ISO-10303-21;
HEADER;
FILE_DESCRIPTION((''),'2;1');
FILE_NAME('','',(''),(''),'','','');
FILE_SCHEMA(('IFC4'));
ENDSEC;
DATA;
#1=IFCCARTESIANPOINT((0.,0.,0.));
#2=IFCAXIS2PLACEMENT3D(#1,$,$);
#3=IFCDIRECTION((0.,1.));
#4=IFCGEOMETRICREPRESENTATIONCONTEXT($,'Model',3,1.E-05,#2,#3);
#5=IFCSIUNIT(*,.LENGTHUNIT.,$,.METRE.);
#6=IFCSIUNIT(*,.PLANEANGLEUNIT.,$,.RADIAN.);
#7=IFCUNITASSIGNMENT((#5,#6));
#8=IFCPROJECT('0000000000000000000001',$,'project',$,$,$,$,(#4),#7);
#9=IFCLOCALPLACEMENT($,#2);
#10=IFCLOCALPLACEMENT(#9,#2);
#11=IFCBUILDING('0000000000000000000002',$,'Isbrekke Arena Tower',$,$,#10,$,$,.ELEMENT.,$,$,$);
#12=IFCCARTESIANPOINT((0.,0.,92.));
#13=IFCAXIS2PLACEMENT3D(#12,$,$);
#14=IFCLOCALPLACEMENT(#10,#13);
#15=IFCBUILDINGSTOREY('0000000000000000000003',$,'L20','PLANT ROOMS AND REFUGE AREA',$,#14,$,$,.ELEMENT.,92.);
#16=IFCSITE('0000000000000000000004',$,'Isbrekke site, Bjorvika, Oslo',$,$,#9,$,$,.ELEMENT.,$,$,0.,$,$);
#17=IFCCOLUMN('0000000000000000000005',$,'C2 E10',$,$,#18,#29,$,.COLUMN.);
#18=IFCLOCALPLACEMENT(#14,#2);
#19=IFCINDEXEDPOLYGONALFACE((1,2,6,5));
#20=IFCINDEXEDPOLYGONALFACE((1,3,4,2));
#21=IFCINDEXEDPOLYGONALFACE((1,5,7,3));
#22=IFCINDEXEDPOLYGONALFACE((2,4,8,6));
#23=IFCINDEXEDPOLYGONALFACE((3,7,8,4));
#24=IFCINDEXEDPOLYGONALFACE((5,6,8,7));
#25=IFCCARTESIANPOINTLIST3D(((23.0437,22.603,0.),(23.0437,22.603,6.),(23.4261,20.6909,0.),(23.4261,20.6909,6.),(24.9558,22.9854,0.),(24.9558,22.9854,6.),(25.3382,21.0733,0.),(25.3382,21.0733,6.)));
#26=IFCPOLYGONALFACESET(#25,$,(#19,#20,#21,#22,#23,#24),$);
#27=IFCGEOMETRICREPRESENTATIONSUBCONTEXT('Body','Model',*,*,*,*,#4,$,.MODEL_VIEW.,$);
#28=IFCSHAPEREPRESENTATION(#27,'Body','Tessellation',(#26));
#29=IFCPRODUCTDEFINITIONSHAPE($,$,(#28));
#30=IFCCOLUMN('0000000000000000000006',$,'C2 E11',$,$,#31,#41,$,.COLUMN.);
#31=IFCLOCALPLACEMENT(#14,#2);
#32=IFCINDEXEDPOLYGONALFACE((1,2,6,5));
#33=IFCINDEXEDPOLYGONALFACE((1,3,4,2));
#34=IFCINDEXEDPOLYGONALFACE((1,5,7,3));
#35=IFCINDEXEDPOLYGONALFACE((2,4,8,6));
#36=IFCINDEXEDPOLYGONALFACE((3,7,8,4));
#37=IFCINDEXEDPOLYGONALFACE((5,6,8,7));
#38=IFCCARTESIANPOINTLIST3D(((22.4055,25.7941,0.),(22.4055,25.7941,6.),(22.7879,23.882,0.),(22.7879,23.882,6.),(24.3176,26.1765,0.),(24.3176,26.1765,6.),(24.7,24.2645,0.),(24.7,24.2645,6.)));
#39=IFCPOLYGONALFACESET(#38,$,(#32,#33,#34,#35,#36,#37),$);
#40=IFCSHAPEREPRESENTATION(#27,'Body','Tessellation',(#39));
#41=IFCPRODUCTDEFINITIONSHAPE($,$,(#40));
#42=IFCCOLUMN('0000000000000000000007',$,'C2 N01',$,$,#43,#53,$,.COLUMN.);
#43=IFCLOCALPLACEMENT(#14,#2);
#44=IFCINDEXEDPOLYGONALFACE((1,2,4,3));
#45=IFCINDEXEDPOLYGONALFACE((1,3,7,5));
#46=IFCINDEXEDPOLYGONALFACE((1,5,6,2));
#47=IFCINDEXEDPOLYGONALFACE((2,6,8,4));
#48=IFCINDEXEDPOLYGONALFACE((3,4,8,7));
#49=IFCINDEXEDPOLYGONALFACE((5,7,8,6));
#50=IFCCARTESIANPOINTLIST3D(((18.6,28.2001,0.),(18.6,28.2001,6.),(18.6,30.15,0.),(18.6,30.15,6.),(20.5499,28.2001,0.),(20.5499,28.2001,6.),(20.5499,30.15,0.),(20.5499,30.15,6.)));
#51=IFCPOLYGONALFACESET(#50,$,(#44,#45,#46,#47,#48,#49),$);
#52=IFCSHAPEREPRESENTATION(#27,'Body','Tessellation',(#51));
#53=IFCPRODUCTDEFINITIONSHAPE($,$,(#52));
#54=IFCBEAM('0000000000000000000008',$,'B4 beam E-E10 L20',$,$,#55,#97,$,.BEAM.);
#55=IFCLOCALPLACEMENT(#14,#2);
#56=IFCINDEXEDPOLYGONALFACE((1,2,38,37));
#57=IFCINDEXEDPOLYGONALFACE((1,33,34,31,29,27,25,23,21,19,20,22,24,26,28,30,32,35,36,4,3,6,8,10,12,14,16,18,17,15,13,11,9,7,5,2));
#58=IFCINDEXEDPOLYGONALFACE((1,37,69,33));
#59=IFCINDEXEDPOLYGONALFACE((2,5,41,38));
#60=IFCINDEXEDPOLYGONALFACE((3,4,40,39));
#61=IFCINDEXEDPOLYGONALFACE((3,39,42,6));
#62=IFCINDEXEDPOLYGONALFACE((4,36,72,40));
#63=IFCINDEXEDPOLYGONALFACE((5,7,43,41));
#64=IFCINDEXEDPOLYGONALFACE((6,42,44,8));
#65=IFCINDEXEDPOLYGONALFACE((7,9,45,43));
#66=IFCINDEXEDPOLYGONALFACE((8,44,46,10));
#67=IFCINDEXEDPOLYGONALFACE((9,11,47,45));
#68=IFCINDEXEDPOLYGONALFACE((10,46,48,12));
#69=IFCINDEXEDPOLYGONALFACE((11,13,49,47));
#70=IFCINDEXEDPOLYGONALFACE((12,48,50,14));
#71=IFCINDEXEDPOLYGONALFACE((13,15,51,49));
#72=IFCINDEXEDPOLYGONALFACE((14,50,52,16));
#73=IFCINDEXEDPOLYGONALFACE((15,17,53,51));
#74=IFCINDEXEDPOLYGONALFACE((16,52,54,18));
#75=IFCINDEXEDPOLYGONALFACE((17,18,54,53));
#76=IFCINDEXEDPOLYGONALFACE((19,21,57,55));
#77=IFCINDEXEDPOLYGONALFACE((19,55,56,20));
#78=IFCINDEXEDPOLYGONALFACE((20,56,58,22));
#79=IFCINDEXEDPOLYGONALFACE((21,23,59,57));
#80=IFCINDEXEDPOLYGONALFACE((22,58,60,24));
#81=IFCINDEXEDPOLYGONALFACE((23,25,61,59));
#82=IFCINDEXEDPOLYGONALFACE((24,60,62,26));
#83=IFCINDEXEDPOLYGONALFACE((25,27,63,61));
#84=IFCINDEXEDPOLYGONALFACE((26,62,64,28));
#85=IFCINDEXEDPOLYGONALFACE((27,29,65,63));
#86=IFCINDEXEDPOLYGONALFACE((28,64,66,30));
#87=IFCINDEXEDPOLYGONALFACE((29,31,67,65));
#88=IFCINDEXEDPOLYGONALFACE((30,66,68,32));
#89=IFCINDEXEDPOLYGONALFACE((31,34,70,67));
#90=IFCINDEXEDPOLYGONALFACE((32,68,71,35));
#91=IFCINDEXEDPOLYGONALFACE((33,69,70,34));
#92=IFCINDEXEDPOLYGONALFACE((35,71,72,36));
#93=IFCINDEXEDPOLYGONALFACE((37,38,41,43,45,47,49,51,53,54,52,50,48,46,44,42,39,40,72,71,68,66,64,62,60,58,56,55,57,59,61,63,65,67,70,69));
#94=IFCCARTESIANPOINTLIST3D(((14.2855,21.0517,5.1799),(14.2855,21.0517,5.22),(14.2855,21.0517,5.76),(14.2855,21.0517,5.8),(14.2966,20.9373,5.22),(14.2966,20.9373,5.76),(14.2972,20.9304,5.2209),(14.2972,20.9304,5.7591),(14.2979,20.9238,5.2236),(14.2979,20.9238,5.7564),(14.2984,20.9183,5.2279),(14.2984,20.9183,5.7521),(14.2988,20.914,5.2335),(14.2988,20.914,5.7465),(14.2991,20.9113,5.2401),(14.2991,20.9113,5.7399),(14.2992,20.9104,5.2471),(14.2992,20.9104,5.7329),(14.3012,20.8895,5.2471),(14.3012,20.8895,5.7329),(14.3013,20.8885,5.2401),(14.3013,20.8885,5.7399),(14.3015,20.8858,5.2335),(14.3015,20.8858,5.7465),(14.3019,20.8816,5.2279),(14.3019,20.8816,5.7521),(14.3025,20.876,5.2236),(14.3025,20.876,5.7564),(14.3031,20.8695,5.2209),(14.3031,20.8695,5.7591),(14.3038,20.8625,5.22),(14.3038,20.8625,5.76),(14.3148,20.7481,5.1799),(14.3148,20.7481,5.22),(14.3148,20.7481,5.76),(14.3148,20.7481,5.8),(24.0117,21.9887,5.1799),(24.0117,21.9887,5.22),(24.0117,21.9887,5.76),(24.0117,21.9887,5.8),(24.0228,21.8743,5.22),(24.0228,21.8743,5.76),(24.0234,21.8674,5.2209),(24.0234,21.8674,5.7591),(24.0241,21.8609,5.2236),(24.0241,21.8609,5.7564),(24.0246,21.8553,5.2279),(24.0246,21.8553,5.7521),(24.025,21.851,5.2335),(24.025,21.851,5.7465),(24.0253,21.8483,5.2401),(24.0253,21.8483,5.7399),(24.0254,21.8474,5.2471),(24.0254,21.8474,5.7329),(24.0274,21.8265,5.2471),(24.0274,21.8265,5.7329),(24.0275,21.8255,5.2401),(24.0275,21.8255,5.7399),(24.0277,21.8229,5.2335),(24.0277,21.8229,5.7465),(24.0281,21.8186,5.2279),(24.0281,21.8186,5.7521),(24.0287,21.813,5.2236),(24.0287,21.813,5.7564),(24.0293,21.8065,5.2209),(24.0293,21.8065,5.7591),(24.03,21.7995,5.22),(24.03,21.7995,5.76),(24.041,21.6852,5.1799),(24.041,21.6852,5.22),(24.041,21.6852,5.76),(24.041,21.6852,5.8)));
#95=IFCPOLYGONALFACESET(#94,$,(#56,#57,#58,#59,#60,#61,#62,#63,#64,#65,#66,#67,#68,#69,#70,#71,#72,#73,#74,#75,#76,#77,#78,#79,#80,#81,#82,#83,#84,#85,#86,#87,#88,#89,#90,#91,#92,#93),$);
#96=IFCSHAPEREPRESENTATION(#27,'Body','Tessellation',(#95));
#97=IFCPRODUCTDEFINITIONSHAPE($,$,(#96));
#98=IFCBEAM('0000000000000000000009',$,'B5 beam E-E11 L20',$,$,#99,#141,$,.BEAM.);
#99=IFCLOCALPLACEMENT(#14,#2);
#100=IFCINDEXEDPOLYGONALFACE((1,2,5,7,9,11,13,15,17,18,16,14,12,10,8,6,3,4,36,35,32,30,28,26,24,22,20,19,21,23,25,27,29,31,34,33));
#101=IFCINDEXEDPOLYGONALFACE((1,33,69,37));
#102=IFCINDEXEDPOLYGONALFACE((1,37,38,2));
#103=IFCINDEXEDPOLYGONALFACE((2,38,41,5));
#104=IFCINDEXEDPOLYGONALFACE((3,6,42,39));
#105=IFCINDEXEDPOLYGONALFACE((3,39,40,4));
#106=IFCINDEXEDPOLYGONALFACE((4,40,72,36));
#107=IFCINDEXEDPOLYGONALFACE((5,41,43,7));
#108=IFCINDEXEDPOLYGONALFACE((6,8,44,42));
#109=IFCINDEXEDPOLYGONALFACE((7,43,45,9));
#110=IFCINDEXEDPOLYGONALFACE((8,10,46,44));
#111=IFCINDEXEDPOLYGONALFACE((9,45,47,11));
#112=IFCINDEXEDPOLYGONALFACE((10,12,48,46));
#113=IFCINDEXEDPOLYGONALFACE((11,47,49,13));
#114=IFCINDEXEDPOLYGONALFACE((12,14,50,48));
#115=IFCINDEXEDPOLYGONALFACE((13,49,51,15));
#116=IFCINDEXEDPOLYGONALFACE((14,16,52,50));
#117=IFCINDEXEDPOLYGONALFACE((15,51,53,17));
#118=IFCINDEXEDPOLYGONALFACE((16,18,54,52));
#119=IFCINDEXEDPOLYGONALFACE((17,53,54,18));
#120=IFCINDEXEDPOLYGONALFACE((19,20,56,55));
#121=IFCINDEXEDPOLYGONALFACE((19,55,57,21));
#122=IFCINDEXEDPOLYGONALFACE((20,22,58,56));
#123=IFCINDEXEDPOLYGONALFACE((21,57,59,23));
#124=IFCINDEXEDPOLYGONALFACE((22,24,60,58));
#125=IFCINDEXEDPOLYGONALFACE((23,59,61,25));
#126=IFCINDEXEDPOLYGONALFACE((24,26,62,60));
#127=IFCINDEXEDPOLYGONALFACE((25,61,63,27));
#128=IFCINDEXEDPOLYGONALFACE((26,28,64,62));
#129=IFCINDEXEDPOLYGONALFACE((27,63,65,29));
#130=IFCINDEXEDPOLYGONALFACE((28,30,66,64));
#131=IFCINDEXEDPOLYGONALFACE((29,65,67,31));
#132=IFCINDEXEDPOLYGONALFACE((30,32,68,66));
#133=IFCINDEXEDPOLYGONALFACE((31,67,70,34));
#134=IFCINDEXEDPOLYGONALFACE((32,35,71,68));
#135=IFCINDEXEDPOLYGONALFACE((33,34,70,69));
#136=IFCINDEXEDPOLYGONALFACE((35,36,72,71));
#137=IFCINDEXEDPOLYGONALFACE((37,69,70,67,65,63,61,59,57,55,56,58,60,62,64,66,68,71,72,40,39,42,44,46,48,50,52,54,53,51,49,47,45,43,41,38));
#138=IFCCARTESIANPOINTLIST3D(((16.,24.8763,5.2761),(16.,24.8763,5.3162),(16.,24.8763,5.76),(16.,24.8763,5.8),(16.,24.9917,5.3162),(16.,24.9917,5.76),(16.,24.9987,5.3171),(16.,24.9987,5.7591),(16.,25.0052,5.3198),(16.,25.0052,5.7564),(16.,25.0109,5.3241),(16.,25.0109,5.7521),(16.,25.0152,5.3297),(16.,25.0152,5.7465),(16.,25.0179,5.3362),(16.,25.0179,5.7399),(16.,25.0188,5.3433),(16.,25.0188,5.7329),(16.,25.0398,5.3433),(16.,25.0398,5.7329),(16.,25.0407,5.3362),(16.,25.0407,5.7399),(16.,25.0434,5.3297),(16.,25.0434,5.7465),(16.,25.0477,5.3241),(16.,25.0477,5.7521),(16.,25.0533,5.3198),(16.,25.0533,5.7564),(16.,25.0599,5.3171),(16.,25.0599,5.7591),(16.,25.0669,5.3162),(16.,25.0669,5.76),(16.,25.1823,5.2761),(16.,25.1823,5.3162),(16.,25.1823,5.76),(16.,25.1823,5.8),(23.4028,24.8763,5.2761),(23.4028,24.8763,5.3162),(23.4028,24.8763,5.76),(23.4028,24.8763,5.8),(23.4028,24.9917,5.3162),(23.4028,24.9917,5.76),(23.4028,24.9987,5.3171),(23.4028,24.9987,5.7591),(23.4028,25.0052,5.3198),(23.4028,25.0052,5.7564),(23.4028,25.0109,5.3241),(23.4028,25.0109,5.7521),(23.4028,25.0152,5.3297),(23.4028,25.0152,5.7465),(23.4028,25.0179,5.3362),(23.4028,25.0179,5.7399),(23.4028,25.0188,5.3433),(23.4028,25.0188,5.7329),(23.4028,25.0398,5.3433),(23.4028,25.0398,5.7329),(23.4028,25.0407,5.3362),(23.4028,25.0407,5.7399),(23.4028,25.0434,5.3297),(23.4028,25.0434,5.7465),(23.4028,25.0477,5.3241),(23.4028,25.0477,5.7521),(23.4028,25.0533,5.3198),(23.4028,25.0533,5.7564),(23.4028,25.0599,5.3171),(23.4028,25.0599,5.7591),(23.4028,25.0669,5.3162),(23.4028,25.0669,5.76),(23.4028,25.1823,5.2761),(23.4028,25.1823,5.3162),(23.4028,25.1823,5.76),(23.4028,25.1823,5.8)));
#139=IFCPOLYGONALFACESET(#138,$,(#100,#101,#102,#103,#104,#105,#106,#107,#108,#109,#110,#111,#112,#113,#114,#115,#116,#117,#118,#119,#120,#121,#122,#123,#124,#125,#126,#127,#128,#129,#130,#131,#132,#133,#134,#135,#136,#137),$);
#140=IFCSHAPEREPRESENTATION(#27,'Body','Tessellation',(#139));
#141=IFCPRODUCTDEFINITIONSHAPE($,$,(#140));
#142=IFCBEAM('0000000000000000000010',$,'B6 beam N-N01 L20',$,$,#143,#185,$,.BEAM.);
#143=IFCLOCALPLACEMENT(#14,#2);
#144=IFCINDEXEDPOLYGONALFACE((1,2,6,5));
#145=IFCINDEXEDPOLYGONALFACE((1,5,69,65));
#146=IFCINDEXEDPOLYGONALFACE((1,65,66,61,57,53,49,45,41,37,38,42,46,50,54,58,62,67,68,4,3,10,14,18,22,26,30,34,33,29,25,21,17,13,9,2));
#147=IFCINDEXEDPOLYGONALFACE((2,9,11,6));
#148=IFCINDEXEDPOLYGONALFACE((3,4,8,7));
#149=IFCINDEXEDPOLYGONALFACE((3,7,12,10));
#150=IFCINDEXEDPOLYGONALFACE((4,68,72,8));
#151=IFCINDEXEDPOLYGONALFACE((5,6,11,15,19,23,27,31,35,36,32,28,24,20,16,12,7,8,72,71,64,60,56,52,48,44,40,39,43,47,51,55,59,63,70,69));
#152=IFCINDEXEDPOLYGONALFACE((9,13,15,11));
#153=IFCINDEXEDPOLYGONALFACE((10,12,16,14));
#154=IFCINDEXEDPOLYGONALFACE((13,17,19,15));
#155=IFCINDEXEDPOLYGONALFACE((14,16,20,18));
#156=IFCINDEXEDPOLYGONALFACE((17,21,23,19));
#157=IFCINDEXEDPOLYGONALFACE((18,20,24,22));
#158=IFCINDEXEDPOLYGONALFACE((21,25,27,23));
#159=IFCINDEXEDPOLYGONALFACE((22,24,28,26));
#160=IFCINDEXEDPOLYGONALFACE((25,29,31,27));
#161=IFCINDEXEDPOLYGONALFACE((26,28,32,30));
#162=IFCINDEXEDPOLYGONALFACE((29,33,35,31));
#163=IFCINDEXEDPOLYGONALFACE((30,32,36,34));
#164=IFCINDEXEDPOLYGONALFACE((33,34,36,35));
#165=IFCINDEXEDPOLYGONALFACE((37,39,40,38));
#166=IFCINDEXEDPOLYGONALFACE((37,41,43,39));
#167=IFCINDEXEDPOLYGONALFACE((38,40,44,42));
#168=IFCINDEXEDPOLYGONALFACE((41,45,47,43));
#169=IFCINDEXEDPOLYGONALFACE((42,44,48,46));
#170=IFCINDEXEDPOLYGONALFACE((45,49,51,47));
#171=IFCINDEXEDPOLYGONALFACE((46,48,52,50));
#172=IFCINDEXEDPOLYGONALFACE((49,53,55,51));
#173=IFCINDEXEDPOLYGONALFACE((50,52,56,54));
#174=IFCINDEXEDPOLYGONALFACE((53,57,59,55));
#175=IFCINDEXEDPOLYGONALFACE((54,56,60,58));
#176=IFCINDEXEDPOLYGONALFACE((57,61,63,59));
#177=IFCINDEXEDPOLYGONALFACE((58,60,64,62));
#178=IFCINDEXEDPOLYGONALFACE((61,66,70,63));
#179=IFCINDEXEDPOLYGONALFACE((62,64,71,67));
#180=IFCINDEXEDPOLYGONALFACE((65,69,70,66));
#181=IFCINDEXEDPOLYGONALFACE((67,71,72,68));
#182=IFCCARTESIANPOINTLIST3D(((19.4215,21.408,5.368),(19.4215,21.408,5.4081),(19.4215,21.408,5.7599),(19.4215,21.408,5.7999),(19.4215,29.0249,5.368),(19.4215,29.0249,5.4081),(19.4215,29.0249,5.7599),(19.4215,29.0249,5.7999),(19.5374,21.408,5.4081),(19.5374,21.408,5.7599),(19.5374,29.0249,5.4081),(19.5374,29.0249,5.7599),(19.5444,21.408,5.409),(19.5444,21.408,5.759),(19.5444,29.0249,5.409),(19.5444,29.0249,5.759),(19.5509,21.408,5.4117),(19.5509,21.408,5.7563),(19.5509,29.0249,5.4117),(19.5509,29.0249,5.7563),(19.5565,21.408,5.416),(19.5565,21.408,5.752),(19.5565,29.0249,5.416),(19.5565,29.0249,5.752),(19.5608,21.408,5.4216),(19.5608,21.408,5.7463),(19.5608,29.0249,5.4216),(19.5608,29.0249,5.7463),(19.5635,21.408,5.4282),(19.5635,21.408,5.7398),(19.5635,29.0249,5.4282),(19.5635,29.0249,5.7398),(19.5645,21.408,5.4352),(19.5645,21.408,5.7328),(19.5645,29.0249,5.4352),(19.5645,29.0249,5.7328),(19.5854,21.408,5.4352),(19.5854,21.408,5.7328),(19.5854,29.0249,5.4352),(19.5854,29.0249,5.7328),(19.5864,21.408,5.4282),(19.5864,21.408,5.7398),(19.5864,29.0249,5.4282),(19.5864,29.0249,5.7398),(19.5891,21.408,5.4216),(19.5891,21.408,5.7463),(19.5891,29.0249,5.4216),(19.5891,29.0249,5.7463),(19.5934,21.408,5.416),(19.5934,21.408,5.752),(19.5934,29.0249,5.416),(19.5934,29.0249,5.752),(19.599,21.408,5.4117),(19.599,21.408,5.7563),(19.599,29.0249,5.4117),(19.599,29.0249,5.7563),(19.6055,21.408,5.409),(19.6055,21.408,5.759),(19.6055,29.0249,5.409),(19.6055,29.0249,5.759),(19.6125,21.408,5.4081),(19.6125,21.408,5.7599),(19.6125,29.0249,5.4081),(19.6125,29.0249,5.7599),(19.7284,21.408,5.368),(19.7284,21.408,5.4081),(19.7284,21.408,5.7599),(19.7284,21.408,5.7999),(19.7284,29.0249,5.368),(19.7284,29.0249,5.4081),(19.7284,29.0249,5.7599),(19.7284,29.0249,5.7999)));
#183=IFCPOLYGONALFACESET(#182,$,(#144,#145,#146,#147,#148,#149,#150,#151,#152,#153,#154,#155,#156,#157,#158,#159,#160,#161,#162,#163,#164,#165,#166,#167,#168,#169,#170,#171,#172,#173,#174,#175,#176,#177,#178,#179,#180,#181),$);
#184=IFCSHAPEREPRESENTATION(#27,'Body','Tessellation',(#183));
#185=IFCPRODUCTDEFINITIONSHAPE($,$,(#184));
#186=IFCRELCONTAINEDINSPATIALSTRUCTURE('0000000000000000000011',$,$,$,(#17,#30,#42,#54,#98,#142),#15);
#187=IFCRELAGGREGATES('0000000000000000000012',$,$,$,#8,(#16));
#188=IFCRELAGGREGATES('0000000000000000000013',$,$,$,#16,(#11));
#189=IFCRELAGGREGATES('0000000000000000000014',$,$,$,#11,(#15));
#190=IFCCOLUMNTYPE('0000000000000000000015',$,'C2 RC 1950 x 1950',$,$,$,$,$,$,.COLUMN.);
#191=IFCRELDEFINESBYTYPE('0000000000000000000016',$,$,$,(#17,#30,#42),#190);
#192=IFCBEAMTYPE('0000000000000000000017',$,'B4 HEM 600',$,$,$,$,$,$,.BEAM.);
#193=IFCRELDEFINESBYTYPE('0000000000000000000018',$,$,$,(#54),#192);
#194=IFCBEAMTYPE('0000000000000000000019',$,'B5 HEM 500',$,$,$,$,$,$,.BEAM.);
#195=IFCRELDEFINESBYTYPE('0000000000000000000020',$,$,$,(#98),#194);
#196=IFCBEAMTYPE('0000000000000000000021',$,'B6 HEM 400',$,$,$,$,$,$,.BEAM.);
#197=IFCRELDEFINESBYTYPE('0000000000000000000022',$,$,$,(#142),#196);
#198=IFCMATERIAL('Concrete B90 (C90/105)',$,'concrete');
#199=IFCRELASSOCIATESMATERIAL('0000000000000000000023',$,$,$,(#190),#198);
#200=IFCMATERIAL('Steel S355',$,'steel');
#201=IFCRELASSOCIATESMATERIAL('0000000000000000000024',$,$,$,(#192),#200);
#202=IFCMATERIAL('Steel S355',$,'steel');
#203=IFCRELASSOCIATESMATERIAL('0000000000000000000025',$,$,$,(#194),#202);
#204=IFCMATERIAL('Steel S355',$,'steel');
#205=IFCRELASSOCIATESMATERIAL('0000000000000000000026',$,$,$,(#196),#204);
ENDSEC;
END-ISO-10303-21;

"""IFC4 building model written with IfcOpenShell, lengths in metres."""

from ifc_helpers import new_model, si_unit, direction, frame, origin, origin_2d, place, context, subcontext, project, spatial, rectangle, i_section, extrude, material, material_profile, profile_set, type_object, element, save


model = new_model("IFC4")

# Units and contexts
model_context = context("Model", 3, precision=1e-05, world=origin(), true_north=direction((0.0, 1.0)))
body_context = subcontext(model_context, "Body", "Model", "MODEL_VIEW")
ifc_project = project(units=[si_unit("LENGTHUNIT", "METRE"), si_unit("PLANEANGLEUNIT", "RADIAN")], contexts=[model_context])

# Site, building, storey
site_placement = place(None, origin())
site = spatial("IfcSite", under=ifc_project, at=site_placement, Name="Isbrekke site, Bjorvika, Oslo", CompositionType="ELEMENT", RefElevation=0.0)
building_placement = place(site_placement, origin())
building = spatial("IfcBuilding", under=site, at=building_placement, Name="Isbrekke Arena Tower", CompositionType="ELEMENT")
storey_placement = place(building_placement, frame((0.0, 0.0, 92.0)))
storey = spatial("IfcBuildingStorey", under=building, at=storey_placement, Name="L20", Description="PLANT ROOMS AND REFUGE AREA", CompositionType="ELEMENT", Elevation=92.0)

# Columns
ifc_material_1 = material(Name="Concrete B90 (C90/105)", Category="concrete")
ifc_material_profile_1 = material_profile(ifc_material_1, rectangle(XDim=1.95, YDim=1.95, at=origin_2d()), Name="RC 1950x1950")
ifc_profile_set_1 = profile_set([ifc_material_profile_1], Name="Concrete B90 (C90/105)")
column_type = type_object("IfcColumnType", Name="C2 RC 1950 x 1950", PredefinedType="COLUMN", material=ifc_profile_set_1)
for number, where, z_axis, x_axis, name in (
    (1, (24.1909, 21.8381, 0.0), (0.0, 0.0, 1.0), (-0.196116, 0.980581, 0.0), "C2 E10"),
    (2, (23.5527, 25.0293, 0.0), (0.0, 0.0, 1.0), (-0.196116, 0.980581, 0.0), "C2 E11"),
    (3, (19.575, 29.175, 0.0), (0.0, 0.0, 1.0), (-1.0, 0.0, 0.0), "C2 N01"),
):
    element("IfcColumn", number, at=place(storey_placement, frame(where, z_axis=z_axis, x_axis=x_axis)), inside=storey, type_object=column_type, Name=name, PredefinedType="COLUMN", context=body_context, shape_type="SweptSolid", body=[
        extrude(rectangle(XDim=1.95, YDim=1.95, at=origin_2d()), origin(), (0.0, 0.0, 1.0), 6.0),
    ])

# Beams
ifc_material_2 = material(Name="Steel S355", Category="steel")
ifc_material_profile_2 = material_profile(ifc_material_2, i_section(OverallWidth=0.3049, OverallDepth=0.6201, WebThickness=0.021, FlangeThickness=0.04, FilletRadius=0.0271, at=origin_2d()), Name="HEM 600")
ifc_profile_set_2 = profile_set([ifc_material_profile_2], Name="Steel S355")
beam_type_1 = type_object("IfcBeamType", Name="B4 HEM 600", PredefinedType="BEAM", material=ifc_profile_set_2)
beam_1_placement = place(storey_placement, frame((24.0264, 21.8369, 5.49), z_axis=(-0.995392, -0.095894, 0.0), x_axis=(0.095894, -0.995392, 0.0)))
element("IfcBeam", 4, at=beam_1_placement, inside=storey, type_object=beam_type_1, Name="B4 beam E-E10 L20", PredefinedType="BEAM", context=body_context, shape_type="SweptSolid", body=[
    extrude(i_section(OverallWidth=0.3049, OverallDepth=0.6201, WebThickness=0.021, FlangeThickness=0.04, FilletRadius=0.0271, at=origin_2d()), origin(), (0.0, 0.0, 1.0), 9.7712),
])
ifc_material_3 = material(Name="Steel S355", Category="steel")
ifc_material_profile_3 = material_profile(ifc_material_3, i_section(OverallWidth=0.3059, OverallDepth=0.5239, WebThickness=0.021, FlangeThickness=0.04, FilletRadius=0.0271, at=origin_2d()), Name="HEM 500")
ifc_profile_set_3 = profile_set([ifc_material_profile_3], Name="Steel S355")
beam_type_2 = type_object("IfcBeamType", Name="B5 HEM 500", PredefinedType="BEAM", material=ifc_profile_set_3)
beam_2_placement = place(storey_placement, frame((23.4028, 25.0293, 5.5381), z_axis=(-1.0, 0.0, 0.0), x_axis=(0.0, -1.0, 0.0)))
element("IfcBeam", 5, at=beam_2_placement, inside=storey, type_object=beam_type_2, Name="B5 beam E-E11 L20", PredefinedType="BEAM", context=body_context, shape_type="SweptSolid", body=[
    extrude(i_section(OverallWidth=0.3059, OverallDepth=0.5239, WebThickness=0.021, FlangeThickness=0.04, FilletRadius=0.0271, at=origin_2d()), origin(), (0.0, 0.0, 1.0), 7.4028),
])
ifc_material_4 = material(Name="Steel S355", Category="steel")
ifc_material_profile_4 = material_profile(ifc_material_4, i_section(OverallWidth=0.3069, OverallDepth=0.4319, WebThickness=0.021, FlangeThickness=0.04, FilletRadius=0.0271, at=origin_2d()), Name="HEM 400")
ifc_profile_set_4 = profile_set([ifc_material_profile_4], Name="Steel S355")
beam_type_3 = type_object("IfcBeamType", Name="B6 HEM 400", PredefinedType="BEAM", material=ifc_profile_set_4)
beam_3_placement = place(storey_placement, frame((19.575, 29.0249, 5.584), z_axis=(0.0, -1.0, 0.0), x_axis=(1.0, 0.0, 0.0)))
element("IfcBeam", 6, at=beam_3_placement, inside=storey, type_object=beam_type_3, Name="B6 beam N-N01 L20", PredefinedType="BEAM", context=body_context, shape_type="SweptSolid", body=[
    extrude(i_section(OverallWidth=0.3069, OverallDepth=0.4319, WebThickness=0.021, FlangeThickness=0.04, FilletRadius=0.0271, at=origin_2d()), origin(), (0.0, 0.0, 1.0), 7.6169),
])

save(model, "model.ifc")
